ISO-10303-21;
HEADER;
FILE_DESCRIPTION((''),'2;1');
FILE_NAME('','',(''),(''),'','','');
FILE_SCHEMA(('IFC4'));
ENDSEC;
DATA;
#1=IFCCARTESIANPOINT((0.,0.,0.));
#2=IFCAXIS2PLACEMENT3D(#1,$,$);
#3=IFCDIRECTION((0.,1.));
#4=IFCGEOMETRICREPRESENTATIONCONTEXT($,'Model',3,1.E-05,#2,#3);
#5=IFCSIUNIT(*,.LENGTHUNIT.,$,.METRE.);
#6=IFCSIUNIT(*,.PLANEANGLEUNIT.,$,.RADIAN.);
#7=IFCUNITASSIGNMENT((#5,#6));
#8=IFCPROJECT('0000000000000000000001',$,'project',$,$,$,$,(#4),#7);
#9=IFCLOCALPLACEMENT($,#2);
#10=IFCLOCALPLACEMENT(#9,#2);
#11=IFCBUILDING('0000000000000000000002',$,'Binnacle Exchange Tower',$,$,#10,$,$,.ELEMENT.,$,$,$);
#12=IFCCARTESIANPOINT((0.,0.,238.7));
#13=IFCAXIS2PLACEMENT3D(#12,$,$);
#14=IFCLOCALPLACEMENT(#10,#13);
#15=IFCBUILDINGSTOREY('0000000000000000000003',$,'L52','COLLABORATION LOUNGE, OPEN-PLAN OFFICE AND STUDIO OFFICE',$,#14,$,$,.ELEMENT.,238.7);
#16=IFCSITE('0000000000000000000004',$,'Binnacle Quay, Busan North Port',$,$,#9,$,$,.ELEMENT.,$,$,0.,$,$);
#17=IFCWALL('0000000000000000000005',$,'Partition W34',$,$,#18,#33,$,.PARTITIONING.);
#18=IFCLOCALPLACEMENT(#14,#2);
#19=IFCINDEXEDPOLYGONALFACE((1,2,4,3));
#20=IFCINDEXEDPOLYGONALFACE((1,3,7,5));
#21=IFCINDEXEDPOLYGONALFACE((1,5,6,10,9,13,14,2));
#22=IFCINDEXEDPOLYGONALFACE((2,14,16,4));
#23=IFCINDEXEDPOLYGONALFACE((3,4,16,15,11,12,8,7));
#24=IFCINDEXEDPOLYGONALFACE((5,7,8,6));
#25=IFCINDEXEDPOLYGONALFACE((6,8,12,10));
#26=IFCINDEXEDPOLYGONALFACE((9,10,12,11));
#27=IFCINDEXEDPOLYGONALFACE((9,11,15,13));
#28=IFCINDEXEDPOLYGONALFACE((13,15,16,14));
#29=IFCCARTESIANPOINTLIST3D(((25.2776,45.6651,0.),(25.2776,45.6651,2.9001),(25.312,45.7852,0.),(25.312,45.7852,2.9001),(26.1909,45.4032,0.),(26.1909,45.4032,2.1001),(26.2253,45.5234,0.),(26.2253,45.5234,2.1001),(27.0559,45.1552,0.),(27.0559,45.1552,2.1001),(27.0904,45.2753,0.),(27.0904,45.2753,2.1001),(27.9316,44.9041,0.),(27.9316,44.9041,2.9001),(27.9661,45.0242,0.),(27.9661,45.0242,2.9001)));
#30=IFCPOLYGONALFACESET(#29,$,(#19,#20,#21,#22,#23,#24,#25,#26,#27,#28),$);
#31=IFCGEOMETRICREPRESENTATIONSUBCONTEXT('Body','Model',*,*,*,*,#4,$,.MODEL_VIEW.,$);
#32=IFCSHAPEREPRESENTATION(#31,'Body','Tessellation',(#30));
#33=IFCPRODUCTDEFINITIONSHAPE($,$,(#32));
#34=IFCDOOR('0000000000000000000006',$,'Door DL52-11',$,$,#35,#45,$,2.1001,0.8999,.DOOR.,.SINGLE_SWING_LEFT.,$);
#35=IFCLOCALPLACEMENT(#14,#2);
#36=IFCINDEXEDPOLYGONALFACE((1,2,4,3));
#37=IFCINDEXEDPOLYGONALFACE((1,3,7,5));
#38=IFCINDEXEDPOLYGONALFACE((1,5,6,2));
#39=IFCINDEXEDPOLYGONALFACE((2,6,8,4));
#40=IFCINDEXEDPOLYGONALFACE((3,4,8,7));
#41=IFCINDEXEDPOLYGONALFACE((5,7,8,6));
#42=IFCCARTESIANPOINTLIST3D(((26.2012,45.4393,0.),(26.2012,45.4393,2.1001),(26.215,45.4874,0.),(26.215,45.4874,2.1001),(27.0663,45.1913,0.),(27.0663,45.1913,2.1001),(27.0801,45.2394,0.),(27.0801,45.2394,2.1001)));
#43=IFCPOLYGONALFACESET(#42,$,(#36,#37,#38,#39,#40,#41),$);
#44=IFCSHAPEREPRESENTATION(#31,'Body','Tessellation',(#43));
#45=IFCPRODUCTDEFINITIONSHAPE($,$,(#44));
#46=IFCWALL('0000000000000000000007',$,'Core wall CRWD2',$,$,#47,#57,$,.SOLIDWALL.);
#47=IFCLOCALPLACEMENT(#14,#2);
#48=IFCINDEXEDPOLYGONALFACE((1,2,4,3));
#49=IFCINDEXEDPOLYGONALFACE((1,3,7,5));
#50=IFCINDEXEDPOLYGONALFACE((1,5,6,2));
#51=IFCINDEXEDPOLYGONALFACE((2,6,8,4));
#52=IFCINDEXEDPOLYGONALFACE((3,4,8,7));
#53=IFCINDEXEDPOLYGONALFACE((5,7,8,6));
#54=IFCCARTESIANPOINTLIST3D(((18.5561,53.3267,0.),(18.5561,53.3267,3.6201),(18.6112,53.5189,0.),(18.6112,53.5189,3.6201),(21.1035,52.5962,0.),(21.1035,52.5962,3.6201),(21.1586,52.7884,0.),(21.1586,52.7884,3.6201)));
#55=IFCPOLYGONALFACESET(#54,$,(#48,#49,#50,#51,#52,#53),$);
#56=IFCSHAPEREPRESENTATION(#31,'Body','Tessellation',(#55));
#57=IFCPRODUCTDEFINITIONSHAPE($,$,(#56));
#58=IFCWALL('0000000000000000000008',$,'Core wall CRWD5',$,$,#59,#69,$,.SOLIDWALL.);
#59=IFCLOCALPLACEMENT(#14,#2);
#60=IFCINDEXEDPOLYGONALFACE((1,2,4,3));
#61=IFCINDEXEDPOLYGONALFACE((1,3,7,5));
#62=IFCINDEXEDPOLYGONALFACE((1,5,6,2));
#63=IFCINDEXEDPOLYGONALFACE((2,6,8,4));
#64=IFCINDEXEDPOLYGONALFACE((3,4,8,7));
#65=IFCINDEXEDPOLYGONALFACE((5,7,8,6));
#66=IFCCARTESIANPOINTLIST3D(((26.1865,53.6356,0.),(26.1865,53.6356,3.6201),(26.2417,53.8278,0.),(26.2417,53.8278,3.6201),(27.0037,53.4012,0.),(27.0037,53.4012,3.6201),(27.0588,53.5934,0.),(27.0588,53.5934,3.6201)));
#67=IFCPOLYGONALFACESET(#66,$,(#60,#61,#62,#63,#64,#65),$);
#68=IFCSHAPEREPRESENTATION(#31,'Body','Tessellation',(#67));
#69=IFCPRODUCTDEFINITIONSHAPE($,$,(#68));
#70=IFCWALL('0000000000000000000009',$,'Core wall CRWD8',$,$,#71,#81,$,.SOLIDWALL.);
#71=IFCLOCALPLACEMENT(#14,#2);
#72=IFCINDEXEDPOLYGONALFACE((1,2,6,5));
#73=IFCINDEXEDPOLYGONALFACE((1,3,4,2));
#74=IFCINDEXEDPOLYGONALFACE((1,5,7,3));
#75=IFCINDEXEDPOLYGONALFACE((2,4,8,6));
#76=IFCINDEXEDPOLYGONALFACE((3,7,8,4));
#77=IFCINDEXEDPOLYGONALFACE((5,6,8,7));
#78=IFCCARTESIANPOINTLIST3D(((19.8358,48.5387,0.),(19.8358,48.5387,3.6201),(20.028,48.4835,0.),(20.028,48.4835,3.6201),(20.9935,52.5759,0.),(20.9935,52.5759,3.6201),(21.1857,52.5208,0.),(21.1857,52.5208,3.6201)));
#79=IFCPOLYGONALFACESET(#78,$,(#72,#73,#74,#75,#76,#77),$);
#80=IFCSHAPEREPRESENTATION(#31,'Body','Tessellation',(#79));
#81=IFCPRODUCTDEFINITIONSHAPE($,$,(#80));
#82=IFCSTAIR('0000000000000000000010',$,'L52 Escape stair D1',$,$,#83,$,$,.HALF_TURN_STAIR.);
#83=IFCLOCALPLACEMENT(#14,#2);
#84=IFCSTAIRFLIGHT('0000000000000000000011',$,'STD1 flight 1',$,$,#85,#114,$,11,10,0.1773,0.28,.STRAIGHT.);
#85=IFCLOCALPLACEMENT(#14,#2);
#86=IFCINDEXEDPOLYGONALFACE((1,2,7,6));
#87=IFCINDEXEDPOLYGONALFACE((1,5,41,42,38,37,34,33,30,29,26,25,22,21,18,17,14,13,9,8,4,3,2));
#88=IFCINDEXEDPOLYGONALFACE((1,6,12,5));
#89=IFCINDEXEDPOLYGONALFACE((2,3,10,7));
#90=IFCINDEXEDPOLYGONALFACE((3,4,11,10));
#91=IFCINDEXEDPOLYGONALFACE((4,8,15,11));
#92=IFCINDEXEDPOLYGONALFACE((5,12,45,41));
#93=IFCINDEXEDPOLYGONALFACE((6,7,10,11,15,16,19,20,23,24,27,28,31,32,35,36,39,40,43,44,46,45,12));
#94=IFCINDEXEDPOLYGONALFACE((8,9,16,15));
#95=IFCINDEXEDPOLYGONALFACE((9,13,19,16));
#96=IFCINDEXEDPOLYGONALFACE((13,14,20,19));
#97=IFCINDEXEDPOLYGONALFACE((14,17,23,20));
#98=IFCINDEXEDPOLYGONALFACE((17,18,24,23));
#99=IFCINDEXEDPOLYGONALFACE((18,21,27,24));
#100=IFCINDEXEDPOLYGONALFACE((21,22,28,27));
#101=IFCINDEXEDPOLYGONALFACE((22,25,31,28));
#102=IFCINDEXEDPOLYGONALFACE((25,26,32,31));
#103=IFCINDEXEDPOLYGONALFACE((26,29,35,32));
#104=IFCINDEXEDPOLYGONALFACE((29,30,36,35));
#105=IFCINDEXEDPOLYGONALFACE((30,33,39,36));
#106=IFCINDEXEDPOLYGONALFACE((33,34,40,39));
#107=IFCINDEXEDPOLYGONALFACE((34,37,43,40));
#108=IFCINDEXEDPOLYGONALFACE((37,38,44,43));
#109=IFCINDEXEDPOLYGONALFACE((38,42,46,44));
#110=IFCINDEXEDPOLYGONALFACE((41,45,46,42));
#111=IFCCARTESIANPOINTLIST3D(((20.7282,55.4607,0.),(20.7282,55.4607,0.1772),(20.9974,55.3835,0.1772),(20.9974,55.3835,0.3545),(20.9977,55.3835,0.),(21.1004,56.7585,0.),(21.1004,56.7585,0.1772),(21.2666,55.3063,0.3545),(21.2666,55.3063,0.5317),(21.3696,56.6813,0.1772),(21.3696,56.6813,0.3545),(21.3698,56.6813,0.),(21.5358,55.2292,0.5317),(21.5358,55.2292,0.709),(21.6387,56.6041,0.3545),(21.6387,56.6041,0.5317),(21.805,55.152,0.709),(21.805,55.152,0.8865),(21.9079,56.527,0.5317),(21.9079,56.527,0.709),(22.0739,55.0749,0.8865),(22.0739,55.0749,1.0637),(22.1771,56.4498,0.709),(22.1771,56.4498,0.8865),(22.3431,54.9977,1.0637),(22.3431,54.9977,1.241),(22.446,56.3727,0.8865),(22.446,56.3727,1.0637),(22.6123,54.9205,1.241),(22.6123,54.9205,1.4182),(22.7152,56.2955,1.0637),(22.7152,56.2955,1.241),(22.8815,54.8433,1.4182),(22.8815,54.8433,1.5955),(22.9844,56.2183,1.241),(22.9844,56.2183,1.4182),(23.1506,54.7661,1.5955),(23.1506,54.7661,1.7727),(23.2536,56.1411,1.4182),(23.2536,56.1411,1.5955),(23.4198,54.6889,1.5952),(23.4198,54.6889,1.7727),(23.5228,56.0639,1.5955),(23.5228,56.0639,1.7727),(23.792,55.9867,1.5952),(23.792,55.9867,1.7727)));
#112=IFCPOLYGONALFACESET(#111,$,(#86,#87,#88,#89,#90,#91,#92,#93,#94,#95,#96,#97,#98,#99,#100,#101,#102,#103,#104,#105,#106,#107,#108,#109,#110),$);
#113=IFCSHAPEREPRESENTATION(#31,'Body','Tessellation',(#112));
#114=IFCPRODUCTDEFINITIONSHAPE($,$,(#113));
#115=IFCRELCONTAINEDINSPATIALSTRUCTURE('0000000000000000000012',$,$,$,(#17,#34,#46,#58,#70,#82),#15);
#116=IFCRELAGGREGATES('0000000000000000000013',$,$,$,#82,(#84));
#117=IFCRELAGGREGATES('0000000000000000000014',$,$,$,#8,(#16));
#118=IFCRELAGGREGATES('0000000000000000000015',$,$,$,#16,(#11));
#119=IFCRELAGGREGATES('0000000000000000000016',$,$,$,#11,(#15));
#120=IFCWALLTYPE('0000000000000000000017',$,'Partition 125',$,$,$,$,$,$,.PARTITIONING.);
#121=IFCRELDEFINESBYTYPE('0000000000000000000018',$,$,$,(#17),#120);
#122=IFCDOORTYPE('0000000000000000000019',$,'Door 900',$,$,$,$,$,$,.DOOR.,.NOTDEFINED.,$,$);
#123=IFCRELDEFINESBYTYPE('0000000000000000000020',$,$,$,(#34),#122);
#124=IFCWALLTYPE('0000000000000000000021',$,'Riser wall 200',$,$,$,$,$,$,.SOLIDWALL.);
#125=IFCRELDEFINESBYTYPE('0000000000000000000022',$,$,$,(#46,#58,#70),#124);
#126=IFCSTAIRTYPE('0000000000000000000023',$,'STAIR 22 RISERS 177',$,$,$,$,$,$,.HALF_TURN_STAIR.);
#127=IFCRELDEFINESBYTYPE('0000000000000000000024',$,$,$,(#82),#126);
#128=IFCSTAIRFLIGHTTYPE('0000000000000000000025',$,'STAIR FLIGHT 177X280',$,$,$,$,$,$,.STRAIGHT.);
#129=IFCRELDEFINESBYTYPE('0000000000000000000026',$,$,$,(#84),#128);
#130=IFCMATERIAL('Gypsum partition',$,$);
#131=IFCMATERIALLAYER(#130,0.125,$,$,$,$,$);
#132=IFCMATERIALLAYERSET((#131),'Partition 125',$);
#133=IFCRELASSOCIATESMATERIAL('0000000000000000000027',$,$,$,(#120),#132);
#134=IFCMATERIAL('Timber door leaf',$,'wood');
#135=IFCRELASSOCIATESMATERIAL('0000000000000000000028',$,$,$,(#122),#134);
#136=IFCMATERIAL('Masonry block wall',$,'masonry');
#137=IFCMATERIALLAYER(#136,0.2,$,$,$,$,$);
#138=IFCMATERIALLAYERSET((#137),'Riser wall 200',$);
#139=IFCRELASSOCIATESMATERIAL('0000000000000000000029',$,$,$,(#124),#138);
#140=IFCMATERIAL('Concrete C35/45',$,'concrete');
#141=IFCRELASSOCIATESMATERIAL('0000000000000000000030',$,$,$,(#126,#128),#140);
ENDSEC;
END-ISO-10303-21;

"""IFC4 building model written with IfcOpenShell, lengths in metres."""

from ifc_helpers import new_model, si_unit, direction, frame, frame_2d, origin, place, context, subcontext, project, spatial, polyline, rectangle, outline, extrude, material, layer, layer_set, type_object, element, fill, aggregate, save


model = new_model("IFC4")

# Units and contexts
model_context = context("Model", 3, precision=1e-05, world=origin(), true_north=direction((0.0, 1.0)))
body_context = subcontext(model_context, "Body", "Model", "MODEL_VIEW")
ifc_project = project(units=[si_unit("LENGTHUNIT", "METRE"), si_unit("PLANEANGLEUNIT", "RADIAN")], contexts=[model_context])

# Site, building, storey
site_placement = place(None, origin())
site = spatial("IfcSite", under=ifc_project, at=site_placement, Name="Binnacle Quay, Busan North Port", CompositionType="ELEMENT", RefElevation=0.0)
building_placement = place(site_placement, origin())
building = spatial("IfcBuilding", under=site, at=building_placement, Name="Binnacle Exchange Tower", CompositionType="ELEMENT")
storey_placement = place(building_placement, frame((0.0, 0.0, 238.7)))
storey = spatial("IfcBuildingStorey", under=building, at=storey_placement, Name="L52", Description="COLLABORATION LOUNGE, OPEN-PLAN OFFICE AND STUDIO OFFICE", CompositionType="ELEMENT", Elevation=238.7)

# Shared definitions
ifc_material_1 = material(Name="Masonry block wall", Category="masonry")

# Shared definitions
ifc_material_2 = material(Name="Gypsum partition")
ifc_layer_1 = layer(ifc_material_2, 0.125)
ifc_layer_set_1 = layer_set([ifc_layer_1], Name="Partition 125")
wall_type_1 = type_object("IfcWallType", Name="Partition 125", PredefinedType="PARTITIONING", material=ifc_layer_set_1)

# Wall, opening, door
wall_1_placement = place(storey_placement, frame((25.2949, 45.7251, 0.0), z_axis=(0.0, 0.0, 1.0), x_axis=(0.961267, -0.27562, 0.0)))
wall_1 = element("IfcWall", 1, at=wall_1_placement, inside=storey, type_object=wall_type_1, Name="Partition W34", PredefinedType="PARTITIONING", context=body_context, shape_type="SweptSolid", body=[
    extrude(rectangle(XDim=2.761, YDim=0.125, at=frame_2d((1.3804, 0.0))), origin(), (0.0, 0.0, 1.0), 2.9001),
])
opening_1_placement = place(wall_1_placement, frame((0.95, 0.0, 0.0)))
opening_1 = element("IfcOpeningElement", 2, at=opening_1_placement, cuts=wall_1, PredefinedType="OPENING", context=body_context, shape_type="SweptSolid", body=[
    extrude(rectangle(XDim=0.8999, YDim=2.1001, at=frame_2d((0.45, 1.05))), frame((0.0, 0.0725, 0.0), z_axis=(0.0, -1.0, 0.0), x_axis=(1.0, 0.0, 0.0)), (0.0, 0.0, 1.0), 0.145),
])
ifc_material_3 = material(Name="Timber door leaf", Category="wood")
door_type_1 = type_object("IfcDoorType", Name="Door 900", OperationType="NOTDEFINED", PredefinedType="DOOR", material=ifc_material_3)
door_1_placement = place(opening_1_placement, frame((0.8999, 0.0, 0.0), z_axis=(0.0, 0.0, 1.0), x_axis=(-1.0, 0.0, 0.0)))
door_1 = element("IfcDoor", 3, at=door_1_placement, inside=storey, type_object=door_type_1, Name="Door DL52-11", OperationType="SINGLE_SWING_LEFT", OverallHeight=2.1001, OverallWidth=0.8999, PredefinedType="DOOR", context=body_context, shape_type="SweptSolid", body=[
    extrude(rectangle(XDim=0.8999, YDim=2.1001, at=frame_2d((0.45, 1.05))), frame((0.0, 0.0249, 0.0), z_axis=(0.0, -1.0, 0.0), x_axis=(1.0, 0.0, 0.0)), (0.0, 0.0, 1.0), 0.05),
])
fill(opening_1, door_1)

# Walls
ifc_layer_2 = layer(ifc_material_1, 0.2)
ifc_layer_set_2 = layer_set([ifc_layer_2], Name="Riser wall 200")
wall_type_2 = type_object("IfcWallType", Name="Riser wall 200", PredefinedType="SOLIDWALL", material=ifc_layer_set_2)
wall_2_placement = place(storey_placement, frame((18.5835, 53.4229, 0.0), z_axis=(0.0, 0.0, 1.0), x_axis=(0.961259, -0.275646, 0.0)))
element("IfcWall", 4, at=wall_2_placement, inside=storey, type_object=wall_type_2, Name="Core wall CRWD2", PredefinedType="SOLIDWALL", context=body_context, shape_type="SweptSolid", body=[
    extrude(rectangle(XDim=2.6501, YDim=0.2, at=frame_2d((1.3252, 0.0))), origin(), (0.0, 0.0, 1.0), 3.6201),
])
wall_3_placement = place(storey_placement, frame((26.2141, 53.7317, 0.0), z_axis=(0.0, 0.0, 1.0), x_axis=(0.961242, -0.275707, 0.0)))
element("IfcWall", 5, at=wall_3_placement, inside=storey, type_object=wall_type_2, Name="Core wall CRWD5", PredefinedType="SOLIDWALL", context=body_context, shape_type="SweptSolid", body=[
    extrude(rectangle(XDim=0.8501, YDim=0.2, at=frame_2d((0.425, 0.0))), origin(), (0.0, 0.0, 1.0), 3.6201),
])
wall_4_placement = place(storey_placement, frame((19.9319, 48.511, 0.0), z_axis=(0.0, 0.0, 1.0), x_axis=(0.275642, 0.96126, 0.0)))
element("IfcWall", 6, at=wall_4_placement, inside=storey, type_object=wall_type_2, Name="Core wall CRWD8", PredefinedType="SOLIDWALL", context=body_context, shape_type="SweptSolid", body=[
    extrude(rectangle(XDim=4.2, YDim=0.2, at=frame_2d((2.1001, 0.0))), origin(), (0.0, 0.0, 1.0), 3.6201),
])

# Stair, stair flight
ifc_material_4 = material(Name="Concrete C35/45", Category="concrete")
stair_type = type_object("IfcStairType", Name="STAIR 22 RISERS 177", PredefinedType="HALF_TURN_STAIR", material=ifc_material_4)
stair_placement = place(storey_placement, origin())
stair = element("IfcStair", 7, at=stair_placement, inside=storey, type_object=stair_type, Name="L52 Escape stair D1", PredefinedType="HALF_TURN_STAIR")
stair_flight_type = type_object("IfcStairFlightType", Name="STAIR FLIGHT 177X280", PredefinedType="STRAIGHT", material=ifc_material_4)
stair_flight_placement = place(storey_placement, frame((20.9143, 56.1096, 0.0), z_axis=(0.0, 0.0, 1.0), x_axis=(0.961262, -0.275637, 0.0)))
stair_flight = element("IfcStairFlight", 8, at=stair_flight_placement, type_object=stair_flight_type, Name="STD1 flight 1", NumberOfRisers=11, NumberOfTreads=10, PredefinedType="STRAIGHT", RiserHeight=0.1773, TreadLength=0.28, context=body_context, shape_type="SweptSolid", body=[
    extrude(outline(polyline([(0.0, 0.0), (0.0, 0.1772), (0.28, 0.1772), (0.28, 0.3545), (0.5601, 0.3545), (0.5601, 0.5317), (0.8401, 0.5317), (0.8401, 0.709), (1.1201, 0.709), (1.1201, 0.8865), (1.3999, 0.8865), (1.3999, 1.0637), (1.6799, 1.0637), (1.6799, 1.241), (1.96, 1.241), (1.96, 1.4182), (2.24, 1.4182), (2.24, 1.5955), (2.52, 1.5955), (2.52, 1.7727), (2.8, 1.7727), (2.8, 1.95), (2.8, 1.5952), (0.2803, 0.0), (0.0, 0.0)])), frame((0.0, 0.675, 0.0), z_axis=(0.0, -1.0, 0.0), x_axis=(1.0, 0.0, 0.0)), (0.0, 0.0, 1.0), 1.3501),
])
aggregate(stair, [stair_flight])

save(model, "model.ifc")
